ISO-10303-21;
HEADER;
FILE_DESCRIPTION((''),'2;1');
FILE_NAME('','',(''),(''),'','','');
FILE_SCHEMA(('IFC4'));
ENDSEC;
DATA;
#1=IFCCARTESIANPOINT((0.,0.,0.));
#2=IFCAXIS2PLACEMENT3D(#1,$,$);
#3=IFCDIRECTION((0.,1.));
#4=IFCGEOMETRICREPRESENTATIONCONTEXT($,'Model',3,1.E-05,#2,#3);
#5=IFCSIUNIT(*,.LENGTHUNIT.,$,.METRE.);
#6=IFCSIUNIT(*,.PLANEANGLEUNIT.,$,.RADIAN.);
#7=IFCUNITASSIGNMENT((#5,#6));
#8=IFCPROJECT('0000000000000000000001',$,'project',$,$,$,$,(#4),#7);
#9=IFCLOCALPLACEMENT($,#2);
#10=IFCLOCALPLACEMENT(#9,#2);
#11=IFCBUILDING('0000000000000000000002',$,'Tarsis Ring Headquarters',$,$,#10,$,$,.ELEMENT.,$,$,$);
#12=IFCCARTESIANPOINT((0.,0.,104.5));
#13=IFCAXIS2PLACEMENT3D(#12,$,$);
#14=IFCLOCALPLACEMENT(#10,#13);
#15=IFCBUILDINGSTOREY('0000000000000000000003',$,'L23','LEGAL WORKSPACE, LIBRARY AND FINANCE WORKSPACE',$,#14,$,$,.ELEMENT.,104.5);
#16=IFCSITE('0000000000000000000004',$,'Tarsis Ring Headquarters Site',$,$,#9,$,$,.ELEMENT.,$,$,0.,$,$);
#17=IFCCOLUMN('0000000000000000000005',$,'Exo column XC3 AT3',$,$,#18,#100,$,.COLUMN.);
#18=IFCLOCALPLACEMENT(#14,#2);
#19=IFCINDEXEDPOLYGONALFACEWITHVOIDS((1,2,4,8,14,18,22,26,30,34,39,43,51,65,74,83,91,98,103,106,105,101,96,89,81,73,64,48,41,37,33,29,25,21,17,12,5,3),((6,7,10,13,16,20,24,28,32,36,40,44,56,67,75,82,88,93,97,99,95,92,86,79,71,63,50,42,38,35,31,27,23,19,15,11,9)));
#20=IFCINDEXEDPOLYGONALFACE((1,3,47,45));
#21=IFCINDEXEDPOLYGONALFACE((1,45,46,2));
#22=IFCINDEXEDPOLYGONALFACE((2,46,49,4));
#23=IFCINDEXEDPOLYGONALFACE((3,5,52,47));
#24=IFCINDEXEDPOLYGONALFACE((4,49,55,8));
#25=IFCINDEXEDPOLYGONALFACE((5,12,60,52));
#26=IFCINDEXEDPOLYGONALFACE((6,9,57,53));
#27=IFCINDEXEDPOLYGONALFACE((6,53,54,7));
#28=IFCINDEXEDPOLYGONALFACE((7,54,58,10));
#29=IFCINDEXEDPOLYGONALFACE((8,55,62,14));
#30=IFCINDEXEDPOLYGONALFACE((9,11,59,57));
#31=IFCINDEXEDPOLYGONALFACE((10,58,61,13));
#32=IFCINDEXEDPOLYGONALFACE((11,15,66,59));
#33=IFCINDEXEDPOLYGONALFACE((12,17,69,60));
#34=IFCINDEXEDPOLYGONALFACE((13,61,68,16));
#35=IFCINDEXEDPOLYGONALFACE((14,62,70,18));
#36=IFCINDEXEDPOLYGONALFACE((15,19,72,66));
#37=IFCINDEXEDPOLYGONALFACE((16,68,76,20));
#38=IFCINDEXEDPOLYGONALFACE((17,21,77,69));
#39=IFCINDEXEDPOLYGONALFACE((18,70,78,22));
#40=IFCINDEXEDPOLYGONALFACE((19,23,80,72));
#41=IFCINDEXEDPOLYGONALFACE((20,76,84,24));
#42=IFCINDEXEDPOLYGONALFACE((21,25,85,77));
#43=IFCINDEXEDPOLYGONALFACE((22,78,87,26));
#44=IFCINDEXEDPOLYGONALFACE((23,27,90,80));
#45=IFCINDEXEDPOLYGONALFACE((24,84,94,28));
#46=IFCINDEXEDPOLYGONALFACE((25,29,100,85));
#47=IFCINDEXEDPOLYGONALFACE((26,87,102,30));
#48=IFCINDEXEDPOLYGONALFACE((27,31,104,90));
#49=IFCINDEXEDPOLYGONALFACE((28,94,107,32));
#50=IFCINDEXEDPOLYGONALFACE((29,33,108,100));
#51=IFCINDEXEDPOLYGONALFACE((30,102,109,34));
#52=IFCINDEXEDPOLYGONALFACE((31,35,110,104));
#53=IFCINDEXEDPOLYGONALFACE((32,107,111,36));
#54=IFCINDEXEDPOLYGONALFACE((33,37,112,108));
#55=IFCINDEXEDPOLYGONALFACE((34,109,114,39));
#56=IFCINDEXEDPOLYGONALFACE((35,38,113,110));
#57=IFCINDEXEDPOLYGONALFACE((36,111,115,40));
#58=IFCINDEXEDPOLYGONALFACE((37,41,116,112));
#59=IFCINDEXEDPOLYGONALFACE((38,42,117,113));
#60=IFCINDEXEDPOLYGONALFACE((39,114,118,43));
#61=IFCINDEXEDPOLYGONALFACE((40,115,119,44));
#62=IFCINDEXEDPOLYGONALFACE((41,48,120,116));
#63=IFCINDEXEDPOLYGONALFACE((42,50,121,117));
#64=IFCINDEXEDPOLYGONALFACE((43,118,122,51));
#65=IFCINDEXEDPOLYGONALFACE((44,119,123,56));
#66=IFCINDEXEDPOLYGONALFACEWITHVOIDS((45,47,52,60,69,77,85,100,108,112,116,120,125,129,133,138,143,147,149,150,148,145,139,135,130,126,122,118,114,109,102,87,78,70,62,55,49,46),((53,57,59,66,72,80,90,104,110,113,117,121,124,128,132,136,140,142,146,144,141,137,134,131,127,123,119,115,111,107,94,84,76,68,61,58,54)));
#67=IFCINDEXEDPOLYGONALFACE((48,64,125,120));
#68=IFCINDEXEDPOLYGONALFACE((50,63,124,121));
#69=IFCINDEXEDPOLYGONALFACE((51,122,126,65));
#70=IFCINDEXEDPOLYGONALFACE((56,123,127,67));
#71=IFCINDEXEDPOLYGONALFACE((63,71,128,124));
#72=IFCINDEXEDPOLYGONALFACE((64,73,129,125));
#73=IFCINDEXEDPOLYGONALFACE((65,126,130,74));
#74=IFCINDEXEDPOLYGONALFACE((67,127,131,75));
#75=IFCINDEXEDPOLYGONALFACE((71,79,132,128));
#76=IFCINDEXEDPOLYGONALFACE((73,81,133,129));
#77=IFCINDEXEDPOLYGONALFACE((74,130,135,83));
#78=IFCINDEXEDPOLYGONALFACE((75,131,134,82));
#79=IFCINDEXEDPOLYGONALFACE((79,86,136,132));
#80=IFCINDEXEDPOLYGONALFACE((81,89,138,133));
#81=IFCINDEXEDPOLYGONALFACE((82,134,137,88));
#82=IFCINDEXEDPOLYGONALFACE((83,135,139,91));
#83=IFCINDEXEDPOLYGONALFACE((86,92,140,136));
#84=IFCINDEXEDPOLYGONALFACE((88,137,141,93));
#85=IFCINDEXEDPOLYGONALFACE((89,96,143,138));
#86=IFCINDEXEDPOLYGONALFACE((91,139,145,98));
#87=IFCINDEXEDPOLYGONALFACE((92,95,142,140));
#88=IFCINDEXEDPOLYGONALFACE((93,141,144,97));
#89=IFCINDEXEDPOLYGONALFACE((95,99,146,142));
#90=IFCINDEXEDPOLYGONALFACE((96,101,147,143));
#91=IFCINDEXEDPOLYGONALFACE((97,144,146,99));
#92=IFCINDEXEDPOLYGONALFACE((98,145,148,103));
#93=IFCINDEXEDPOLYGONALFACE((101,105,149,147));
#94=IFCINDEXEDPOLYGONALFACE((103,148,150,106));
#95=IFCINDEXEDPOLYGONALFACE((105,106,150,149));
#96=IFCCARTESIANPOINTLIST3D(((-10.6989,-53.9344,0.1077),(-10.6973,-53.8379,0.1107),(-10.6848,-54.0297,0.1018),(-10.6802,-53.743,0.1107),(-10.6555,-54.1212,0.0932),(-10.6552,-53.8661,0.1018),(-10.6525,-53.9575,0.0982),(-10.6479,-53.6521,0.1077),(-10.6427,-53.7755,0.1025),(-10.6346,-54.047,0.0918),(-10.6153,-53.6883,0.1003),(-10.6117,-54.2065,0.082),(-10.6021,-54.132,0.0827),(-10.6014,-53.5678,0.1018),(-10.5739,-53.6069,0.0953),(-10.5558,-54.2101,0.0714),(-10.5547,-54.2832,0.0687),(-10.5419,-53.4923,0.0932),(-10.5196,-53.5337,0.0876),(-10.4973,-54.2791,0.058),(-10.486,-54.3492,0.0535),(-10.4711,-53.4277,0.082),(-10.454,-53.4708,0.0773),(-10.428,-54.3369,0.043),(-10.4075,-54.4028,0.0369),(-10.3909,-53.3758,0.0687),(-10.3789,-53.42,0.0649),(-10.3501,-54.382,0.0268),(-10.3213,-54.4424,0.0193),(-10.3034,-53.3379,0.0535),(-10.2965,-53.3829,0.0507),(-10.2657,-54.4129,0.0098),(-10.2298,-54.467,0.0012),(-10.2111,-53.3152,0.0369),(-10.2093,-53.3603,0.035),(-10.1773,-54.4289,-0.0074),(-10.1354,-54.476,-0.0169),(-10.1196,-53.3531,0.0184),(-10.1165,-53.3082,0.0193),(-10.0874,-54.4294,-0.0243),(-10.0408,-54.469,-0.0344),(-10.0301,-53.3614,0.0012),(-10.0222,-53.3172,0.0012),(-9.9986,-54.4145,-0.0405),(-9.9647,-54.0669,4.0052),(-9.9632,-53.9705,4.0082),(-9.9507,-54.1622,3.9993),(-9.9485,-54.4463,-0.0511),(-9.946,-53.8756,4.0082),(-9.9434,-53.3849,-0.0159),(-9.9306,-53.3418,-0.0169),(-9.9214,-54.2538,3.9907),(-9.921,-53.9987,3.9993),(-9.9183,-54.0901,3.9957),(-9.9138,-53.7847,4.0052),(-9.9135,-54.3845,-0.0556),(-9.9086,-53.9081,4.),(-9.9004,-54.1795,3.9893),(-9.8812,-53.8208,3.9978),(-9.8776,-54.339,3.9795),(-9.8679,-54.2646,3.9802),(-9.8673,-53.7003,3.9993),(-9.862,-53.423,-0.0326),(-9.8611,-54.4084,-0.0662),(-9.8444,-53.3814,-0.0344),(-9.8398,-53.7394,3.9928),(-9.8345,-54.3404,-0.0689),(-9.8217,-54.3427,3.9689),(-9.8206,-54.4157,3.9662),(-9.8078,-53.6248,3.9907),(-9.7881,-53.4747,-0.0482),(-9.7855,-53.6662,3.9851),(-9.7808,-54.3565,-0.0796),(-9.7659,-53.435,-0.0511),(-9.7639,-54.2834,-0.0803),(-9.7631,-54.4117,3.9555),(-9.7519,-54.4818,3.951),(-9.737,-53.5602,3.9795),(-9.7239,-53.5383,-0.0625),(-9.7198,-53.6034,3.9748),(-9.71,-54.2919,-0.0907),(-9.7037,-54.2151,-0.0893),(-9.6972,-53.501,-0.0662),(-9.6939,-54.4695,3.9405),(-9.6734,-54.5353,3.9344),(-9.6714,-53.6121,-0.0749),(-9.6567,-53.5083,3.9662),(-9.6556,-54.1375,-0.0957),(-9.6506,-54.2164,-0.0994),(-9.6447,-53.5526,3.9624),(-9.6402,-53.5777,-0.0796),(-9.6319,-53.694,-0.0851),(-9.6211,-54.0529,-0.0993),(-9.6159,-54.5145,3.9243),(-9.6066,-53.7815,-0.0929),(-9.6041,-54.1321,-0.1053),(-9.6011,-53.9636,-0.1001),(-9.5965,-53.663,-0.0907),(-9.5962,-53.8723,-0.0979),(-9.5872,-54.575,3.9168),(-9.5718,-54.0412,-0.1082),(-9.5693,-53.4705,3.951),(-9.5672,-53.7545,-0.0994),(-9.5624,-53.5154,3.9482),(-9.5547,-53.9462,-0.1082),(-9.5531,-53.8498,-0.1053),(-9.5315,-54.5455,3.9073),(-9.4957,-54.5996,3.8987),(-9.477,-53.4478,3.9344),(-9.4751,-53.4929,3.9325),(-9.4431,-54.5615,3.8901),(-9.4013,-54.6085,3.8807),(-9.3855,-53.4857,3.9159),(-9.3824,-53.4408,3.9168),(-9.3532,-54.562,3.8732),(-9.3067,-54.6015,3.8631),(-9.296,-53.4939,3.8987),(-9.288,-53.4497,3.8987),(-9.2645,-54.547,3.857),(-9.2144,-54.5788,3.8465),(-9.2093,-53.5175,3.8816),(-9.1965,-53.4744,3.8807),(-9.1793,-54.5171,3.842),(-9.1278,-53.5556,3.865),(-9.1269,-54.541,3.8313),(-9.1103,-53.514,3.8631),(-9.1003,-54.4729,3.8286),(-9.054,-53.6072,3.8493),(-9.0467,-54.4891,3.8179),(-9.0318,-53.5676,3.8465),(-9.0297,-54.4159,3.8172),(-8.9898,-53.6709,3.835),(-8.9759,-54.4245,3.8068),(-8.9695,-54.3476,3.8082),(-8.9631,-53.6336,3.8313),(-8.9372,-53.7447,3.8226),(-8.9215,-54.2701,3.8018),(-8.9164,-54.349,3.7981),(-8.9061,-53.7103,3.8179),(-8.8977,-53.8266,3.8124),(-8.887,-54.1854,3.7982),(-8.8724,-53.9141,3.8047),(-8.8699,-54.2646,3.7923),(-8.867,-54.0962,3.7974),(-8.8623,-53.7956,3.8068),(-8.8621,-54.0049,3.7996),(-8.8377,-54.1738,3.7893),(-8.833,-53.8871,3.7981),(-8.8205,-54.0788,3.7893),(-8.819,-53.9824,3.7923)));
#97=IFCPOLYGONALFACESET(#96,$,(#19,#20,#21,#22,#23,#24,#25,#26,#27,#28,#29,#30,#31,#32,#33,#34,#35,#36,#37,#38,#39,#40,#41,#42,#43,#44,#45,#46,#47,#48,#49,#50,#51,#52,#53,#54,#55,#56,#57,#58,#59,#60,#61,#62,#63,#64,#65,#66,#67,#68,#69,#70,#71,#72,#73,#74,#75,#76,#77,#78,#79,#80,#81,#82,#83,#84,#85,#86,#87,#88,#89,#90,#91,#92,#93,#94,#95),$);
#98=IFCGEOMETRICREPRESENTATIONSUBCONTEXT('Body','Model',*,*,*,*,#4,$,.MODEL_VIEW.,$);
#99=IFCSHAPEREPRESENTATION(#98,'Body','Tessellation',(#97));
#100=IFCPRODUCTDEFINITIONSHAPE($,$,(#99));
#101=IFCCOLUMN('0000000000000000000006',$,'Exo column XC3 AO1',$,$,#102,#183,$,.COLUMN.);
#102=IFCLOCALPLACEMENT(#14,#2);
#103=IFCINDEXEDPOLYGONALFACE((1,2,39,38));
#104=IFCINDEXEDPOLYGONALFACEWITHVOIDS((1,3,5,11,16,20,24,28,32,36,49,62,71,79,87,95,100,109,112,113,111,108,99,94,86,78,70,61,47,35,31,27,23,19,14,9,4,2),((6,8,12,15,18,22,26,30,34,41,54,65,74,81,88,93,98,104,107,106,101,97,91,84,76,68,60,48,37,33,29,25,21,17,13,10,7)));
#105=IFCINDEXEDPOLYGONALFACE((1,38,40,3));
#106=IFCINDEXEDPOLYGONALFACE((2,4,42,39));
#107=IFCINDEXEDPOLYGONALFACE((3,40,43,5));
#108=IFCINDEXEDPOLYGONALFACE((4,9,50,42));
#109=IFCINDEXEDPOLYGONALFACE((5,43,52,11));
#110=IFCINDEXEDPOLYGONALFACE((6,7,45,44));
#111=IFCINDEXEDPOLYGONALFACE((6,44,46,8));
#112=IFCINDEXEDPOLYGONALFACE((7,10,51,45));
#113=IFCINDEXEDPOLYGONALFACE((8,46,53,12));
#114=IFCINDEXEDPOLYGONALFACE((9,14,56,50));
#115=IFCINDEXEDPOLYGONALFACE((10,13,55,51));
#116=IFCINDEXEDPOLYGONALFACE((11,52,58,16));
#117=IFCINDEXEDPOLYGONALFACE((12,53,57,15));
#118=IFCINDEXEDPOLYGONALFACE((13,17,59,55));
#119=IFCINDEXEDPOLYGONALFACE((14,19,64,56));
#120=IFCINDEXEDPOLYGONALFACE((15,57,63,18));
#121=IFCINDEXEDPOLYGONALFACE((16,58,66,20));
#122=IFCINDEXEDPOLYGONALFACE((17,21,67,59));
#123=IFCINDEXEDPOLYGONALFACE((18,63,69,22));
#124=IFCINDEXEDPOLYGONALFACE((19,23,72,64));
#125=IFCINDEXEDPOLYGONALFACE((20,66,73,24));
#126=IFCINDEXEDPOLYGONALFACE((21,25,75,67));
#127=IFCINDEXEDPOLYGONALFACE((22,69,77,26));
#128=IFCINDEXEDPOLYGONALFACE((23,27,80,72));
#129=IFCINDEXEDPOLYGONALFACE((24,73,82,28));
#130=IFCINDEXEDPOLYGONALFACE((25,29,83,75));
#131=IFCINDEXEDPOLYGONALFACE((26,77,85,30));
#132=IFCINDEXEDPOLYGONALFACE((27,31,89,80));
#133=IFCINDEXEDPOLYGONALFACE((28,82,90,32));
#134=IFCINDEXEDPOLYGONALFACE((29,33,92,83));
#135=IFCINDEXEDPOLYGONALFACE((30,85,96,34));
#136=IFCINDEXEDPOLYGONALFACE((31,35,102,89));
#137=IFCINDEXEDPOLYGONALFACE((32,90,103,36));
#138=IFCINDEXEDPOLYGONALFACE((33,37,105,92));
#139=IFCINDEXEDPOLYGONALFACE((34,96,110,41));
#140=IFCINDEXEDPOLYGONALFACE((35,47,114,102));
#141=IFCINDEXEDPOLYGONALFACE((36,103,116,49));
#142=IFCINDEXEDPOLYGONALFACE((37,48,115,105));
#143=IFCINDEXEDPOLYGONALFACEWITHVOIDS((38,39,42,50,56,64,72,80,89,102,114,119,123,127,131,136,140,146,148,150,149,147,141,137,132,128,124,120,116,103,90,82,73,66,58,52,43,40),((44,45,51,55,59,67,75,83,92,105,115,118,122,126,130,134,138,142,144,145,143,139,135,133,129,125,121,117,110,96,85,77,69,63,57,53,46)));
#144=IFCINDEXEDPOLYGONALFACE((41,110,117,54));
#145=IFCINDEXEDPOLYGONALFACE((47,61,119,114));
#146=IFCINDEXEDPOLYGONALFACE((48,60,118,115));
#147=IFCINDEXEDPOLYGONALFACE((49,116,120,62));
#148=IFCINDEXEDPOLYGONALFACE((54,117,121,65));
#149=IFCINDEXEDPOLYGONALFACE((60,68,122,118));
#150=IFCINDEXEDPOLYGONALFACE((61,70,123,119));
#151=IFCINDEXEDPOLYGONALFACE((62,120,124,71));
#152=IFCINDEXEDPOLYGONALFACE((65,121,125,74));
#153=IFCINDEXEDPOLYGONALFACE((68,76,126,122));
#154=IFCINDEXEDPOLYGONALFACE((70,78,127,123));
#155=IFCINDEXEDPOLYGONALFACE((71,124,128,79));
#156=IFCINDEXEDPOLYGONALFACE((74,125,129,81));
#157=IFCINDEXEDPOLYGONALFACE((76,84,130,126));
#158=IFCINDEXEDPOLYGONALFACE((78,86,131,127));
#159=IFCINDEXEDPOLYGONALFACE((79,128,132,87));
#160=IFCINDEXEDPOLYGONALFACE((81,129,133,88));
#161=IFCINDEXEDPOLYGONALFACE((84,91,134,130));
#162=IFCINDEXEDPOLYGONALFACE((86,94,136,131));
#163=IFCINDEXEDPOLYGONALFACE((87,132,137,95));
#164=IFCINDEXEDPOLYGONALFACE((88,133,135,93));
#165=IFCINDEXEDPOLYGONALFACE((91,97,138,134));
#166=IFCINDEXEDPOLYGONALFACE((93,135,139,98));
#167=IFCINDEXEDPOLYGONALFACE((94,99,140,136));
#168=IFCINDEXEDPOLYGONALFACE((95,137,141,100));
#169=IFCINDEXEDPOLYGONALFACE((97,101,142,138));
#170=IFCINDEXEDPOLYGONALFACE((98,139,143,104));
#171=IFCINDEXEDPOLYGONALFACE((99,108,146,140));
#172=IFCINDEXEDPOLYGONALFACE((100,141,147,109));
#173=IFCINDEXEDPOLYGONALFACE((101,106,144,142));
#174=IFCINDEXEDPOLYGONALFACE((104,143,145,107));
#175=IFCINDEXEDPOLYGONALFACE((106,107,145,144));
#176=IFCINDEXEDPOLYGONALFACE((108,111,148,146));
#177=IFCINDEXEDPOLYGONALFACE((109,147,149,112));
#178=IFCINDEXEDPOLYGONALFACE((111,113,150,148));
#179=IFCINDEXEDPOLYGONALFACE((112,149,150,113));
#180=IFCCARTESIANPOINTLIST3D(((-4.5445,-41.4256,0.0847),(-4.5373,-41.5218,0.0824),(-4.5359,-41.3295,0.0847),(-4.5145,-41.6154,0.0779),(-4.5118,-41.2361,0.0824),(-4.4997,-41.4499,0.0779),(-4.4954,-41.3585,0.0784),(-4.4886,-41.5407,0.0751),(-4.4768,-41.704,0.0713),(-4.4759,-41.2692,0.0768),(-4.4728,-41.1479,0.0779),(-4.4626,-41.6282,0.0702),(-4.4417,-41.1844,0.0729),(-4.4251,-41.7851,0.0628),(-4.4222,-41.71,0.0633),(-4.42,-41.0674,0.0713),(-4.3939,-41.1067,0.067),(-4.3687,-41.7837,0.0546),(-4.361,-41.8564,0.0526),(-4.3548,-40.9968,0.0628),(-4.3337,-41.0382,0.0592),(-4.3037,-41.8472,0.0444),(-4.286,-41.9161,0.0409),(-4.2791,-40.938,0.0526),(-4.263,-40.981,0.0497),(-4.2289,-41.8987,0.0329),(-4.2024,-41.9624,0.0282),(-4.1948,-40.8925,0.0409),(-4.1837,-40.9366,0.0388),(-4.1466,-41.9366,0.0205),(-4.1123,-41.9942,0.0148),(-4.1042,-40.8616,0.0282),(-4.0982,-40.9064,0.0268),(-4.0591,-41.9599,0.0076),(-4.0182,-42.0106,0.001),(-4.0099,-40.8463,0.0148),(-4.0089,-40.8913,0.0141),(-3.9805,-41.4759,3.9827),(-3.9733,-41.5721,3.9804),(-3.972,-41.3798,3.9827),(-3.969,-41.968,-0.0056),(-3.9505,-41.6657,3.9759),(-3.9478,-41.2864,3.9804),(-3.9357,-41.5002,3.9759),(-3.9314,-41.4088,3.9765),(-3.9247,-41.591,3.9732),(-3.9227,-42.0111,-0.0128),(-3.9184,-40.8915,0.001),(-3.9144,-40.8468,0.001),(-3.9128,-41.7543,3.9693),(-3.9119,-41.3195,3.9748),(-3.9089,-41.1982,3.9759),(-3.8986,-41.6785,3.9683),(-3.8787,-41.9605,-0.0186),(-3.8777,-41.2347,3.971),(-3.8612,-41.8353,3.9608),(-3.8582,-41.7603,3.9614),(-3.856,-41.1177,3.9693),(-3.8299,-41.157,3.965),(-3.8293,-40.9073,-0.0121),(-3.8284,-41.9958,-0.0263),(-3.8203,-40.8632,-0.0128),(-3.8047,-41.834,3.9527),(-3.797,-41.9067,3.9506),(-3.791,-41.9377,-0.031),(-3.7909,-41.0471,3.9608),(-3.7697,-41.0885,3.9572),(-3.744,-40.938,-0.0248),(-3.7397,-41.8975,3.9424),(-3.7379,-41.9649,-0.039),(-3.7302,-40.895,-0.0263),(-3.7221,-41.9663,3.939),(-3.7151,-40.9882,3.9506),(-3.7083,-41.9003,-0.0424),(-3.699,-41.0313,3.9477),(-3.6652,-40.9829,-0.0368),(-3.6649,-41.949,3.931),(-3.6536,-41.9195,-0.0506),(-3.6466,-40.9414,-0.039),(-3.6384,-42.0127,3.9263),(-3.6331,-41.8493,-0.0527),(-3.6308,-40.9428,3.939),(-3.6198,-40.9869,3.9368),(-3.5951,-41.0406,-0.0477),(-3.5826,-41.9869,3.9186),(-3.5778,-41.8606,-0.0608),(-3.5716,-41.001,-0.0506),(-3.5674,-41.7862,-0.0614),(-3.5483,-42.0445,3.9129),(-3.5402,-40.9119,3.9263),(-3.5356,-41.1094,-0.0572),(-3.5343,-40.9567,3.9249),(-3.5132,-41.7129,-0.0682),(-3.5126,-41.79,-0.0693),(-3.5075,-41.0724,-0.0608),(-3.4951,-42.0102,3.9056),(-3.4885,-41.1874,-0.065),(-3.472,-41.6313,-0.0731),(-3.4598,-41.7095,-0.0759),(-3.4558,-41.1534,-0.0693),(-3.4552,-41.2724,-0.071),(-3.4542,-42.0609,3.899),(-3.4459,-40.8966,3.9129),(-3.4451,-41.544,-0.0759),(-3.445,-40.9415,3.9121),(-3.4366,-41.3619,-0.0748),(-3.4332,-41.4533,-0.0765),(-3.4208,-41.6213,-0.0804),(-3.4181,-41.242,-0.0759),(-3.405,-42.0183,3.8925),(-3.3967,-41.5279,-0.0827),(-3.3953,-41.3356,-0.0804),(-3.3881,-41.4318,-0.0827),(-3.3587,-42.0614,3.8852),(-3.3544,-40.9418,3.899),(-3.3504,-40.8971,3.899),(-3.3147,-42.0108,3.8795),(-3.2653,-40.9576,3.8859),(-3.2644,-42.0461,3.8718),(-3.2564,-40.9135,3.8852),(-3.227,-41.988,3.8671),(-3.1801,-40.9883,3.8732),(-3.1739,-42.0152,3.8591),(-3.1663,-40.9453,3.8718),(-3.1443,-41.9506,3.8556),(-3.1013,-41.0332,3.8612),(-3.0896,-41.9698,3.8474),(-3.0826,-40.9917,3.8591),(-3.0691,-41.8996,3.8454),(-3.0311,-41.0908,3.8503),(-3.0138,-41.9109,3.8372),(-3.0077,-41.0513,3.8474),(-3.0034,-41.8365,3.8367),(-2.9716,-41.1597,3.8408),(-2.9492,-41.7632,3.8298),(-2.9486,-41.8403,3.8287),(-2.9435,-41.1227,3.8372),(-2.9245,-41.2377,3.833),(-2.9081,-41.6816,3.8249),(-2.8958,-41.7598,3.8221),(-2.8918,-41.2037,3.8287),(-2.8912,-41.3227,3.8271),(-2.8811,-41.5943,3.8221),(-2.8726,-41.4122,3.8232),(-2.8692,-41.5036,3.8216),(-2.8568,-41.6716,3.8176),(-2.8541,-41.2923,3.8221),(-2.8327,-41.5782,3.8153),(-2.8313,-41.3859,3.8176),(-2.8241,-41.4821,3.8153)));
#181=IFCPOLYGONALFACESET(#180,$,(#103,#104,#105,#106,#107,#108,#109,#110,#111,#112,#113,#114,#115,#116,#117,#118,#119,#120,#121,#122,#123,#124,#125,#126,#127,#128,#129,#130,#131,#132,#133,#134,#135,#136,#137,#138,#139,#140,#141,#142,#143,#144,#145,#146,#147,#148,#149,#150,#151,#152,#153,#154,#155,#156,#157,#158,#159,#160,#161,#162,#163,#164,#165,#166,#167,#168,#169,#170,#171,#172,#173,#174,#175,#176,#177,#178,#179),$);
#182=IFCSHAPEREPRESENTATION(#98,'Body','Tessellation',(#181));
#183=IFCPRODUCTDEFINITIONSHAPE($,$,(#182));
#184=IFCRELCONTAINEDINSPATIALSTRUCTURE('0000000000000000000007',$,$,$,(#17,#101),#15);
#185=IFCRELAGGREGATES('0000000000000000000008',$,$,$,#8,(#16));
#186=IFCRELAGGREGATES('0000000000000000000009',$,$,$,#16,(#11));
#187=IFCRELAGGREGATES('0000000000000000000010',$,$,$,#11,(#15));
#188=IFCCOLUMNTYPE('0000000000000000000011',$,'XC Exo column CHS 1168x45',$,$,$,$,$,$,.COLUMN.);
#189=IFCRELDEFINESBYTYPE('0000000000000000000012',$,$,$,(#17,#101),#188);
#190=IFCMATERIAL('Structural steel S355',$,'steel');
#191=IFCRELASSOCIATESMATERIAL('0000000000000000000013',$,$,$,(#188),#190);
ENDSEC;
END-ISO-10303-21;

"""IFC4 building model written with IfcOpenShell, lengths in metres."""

from ifc_helpers import new_model, si_unit, direction, frame, origin, origin_2d, place, context, subcontext, project, spatial, hollow_circle, extrude, material, material_profile, profile_set, type_object, element, save


model = new_model("IFC4")

# Units and contexts
model_context = context("Model", 3, precision=1e-05, world=origin(), true_north=direction((0.0, 1.0)))
body_context = subcontext(model_context, "Body", "Model", "MODEL_VIEW")
ifc_project = project(units=[si_unit("LENGTHUNIT", "METRE"), si_unit("PLANEANGLEUNIT", "RADIAN")], contexts=[model_context])

# Site, building, storey
site_placement = place(None, origin())
site = spatial("IfcSite", under=ifc_project, at=site_placement, Name="Tarsis Ring Headquarters Site", CompositionType="ELEMENT", RefElevation=0.0)
building_placement = place(site_placement, origin())
building = spatial("IfcBuilding", under=site, at=building_placement, Name="Tarsis Ring Headquarters", CompositionType="ELEMENT")
storey_placement = place(building_placement, frame((0.0, 0.0, 104.5)))
storey = spatial("IfcBuildingStorey", under=building, at=storey_placement, Name="L23", Description="LEGAL WORKSPACE, LIBRARY AND FINANCE WORKSPACE", CompositionType="ELEMENT", Elevation=104.5)

# Columns
ifc_material_1 = material(Name="Structural steel S355", Category="steel")
ifc_material_profile_1 = material_profile(ifc_material_1, hollow_circle(Radius=0.5842, WallThickness=0.0449, at=origin_2d()), Name="CHS 1168x45")
ifc_profile_set_1 = profile_set([ifc_material_profile_1], Name="Structural steel S355")
column_type = type_object("IfcColumnType", Name="XC Exo column CHS 1168x45", PredefinedType="COLUMN", material=ifc_profile_set_1)
column_1_placement = place(storey_placement, frame((-10.126, -53.8921, 0.0012), z_axis=(0.185003, -0.033408, 0.98217), x_axis=(0.177705, 0.984084, 0.0)))
element("IfcColumn", 1, at=column_1_placement, inside=storey, type_object=column_type, Name="Exo column XC3 AT3", PredefinedType="COLUMN", context=body_context, shape_type="SweptSolid", body=[
    extrude(hollow_circle(Radius=0.5842, WallThickness=0.0449, at=origin_2d()), origin(), (0.0, 0.0, 1.0), 3.9683),
])
column_2_placement = place(storey_placement, frame((-3.9663, -41.4287, 0.001), z_axis=(0.14318, -0.012768, 0.989614), x_axis=(0.088825, 0.996047, 0.0)))
element("IfcColumn", 2, at=column_2_placement, inside=storey, type_object=column_type, Name="Exo column XC3 AO1", PredefinedType="COLUMN", context=body_context, shape_type="SweptSolid", body=[
    extrude(hollow_circle(Radius=0.5842, WallThickness=0.0449, at=origin_2d()), origin(), (0.0, 0.0, 1.0), 3.939),
])

save(model, "model.ifc")
